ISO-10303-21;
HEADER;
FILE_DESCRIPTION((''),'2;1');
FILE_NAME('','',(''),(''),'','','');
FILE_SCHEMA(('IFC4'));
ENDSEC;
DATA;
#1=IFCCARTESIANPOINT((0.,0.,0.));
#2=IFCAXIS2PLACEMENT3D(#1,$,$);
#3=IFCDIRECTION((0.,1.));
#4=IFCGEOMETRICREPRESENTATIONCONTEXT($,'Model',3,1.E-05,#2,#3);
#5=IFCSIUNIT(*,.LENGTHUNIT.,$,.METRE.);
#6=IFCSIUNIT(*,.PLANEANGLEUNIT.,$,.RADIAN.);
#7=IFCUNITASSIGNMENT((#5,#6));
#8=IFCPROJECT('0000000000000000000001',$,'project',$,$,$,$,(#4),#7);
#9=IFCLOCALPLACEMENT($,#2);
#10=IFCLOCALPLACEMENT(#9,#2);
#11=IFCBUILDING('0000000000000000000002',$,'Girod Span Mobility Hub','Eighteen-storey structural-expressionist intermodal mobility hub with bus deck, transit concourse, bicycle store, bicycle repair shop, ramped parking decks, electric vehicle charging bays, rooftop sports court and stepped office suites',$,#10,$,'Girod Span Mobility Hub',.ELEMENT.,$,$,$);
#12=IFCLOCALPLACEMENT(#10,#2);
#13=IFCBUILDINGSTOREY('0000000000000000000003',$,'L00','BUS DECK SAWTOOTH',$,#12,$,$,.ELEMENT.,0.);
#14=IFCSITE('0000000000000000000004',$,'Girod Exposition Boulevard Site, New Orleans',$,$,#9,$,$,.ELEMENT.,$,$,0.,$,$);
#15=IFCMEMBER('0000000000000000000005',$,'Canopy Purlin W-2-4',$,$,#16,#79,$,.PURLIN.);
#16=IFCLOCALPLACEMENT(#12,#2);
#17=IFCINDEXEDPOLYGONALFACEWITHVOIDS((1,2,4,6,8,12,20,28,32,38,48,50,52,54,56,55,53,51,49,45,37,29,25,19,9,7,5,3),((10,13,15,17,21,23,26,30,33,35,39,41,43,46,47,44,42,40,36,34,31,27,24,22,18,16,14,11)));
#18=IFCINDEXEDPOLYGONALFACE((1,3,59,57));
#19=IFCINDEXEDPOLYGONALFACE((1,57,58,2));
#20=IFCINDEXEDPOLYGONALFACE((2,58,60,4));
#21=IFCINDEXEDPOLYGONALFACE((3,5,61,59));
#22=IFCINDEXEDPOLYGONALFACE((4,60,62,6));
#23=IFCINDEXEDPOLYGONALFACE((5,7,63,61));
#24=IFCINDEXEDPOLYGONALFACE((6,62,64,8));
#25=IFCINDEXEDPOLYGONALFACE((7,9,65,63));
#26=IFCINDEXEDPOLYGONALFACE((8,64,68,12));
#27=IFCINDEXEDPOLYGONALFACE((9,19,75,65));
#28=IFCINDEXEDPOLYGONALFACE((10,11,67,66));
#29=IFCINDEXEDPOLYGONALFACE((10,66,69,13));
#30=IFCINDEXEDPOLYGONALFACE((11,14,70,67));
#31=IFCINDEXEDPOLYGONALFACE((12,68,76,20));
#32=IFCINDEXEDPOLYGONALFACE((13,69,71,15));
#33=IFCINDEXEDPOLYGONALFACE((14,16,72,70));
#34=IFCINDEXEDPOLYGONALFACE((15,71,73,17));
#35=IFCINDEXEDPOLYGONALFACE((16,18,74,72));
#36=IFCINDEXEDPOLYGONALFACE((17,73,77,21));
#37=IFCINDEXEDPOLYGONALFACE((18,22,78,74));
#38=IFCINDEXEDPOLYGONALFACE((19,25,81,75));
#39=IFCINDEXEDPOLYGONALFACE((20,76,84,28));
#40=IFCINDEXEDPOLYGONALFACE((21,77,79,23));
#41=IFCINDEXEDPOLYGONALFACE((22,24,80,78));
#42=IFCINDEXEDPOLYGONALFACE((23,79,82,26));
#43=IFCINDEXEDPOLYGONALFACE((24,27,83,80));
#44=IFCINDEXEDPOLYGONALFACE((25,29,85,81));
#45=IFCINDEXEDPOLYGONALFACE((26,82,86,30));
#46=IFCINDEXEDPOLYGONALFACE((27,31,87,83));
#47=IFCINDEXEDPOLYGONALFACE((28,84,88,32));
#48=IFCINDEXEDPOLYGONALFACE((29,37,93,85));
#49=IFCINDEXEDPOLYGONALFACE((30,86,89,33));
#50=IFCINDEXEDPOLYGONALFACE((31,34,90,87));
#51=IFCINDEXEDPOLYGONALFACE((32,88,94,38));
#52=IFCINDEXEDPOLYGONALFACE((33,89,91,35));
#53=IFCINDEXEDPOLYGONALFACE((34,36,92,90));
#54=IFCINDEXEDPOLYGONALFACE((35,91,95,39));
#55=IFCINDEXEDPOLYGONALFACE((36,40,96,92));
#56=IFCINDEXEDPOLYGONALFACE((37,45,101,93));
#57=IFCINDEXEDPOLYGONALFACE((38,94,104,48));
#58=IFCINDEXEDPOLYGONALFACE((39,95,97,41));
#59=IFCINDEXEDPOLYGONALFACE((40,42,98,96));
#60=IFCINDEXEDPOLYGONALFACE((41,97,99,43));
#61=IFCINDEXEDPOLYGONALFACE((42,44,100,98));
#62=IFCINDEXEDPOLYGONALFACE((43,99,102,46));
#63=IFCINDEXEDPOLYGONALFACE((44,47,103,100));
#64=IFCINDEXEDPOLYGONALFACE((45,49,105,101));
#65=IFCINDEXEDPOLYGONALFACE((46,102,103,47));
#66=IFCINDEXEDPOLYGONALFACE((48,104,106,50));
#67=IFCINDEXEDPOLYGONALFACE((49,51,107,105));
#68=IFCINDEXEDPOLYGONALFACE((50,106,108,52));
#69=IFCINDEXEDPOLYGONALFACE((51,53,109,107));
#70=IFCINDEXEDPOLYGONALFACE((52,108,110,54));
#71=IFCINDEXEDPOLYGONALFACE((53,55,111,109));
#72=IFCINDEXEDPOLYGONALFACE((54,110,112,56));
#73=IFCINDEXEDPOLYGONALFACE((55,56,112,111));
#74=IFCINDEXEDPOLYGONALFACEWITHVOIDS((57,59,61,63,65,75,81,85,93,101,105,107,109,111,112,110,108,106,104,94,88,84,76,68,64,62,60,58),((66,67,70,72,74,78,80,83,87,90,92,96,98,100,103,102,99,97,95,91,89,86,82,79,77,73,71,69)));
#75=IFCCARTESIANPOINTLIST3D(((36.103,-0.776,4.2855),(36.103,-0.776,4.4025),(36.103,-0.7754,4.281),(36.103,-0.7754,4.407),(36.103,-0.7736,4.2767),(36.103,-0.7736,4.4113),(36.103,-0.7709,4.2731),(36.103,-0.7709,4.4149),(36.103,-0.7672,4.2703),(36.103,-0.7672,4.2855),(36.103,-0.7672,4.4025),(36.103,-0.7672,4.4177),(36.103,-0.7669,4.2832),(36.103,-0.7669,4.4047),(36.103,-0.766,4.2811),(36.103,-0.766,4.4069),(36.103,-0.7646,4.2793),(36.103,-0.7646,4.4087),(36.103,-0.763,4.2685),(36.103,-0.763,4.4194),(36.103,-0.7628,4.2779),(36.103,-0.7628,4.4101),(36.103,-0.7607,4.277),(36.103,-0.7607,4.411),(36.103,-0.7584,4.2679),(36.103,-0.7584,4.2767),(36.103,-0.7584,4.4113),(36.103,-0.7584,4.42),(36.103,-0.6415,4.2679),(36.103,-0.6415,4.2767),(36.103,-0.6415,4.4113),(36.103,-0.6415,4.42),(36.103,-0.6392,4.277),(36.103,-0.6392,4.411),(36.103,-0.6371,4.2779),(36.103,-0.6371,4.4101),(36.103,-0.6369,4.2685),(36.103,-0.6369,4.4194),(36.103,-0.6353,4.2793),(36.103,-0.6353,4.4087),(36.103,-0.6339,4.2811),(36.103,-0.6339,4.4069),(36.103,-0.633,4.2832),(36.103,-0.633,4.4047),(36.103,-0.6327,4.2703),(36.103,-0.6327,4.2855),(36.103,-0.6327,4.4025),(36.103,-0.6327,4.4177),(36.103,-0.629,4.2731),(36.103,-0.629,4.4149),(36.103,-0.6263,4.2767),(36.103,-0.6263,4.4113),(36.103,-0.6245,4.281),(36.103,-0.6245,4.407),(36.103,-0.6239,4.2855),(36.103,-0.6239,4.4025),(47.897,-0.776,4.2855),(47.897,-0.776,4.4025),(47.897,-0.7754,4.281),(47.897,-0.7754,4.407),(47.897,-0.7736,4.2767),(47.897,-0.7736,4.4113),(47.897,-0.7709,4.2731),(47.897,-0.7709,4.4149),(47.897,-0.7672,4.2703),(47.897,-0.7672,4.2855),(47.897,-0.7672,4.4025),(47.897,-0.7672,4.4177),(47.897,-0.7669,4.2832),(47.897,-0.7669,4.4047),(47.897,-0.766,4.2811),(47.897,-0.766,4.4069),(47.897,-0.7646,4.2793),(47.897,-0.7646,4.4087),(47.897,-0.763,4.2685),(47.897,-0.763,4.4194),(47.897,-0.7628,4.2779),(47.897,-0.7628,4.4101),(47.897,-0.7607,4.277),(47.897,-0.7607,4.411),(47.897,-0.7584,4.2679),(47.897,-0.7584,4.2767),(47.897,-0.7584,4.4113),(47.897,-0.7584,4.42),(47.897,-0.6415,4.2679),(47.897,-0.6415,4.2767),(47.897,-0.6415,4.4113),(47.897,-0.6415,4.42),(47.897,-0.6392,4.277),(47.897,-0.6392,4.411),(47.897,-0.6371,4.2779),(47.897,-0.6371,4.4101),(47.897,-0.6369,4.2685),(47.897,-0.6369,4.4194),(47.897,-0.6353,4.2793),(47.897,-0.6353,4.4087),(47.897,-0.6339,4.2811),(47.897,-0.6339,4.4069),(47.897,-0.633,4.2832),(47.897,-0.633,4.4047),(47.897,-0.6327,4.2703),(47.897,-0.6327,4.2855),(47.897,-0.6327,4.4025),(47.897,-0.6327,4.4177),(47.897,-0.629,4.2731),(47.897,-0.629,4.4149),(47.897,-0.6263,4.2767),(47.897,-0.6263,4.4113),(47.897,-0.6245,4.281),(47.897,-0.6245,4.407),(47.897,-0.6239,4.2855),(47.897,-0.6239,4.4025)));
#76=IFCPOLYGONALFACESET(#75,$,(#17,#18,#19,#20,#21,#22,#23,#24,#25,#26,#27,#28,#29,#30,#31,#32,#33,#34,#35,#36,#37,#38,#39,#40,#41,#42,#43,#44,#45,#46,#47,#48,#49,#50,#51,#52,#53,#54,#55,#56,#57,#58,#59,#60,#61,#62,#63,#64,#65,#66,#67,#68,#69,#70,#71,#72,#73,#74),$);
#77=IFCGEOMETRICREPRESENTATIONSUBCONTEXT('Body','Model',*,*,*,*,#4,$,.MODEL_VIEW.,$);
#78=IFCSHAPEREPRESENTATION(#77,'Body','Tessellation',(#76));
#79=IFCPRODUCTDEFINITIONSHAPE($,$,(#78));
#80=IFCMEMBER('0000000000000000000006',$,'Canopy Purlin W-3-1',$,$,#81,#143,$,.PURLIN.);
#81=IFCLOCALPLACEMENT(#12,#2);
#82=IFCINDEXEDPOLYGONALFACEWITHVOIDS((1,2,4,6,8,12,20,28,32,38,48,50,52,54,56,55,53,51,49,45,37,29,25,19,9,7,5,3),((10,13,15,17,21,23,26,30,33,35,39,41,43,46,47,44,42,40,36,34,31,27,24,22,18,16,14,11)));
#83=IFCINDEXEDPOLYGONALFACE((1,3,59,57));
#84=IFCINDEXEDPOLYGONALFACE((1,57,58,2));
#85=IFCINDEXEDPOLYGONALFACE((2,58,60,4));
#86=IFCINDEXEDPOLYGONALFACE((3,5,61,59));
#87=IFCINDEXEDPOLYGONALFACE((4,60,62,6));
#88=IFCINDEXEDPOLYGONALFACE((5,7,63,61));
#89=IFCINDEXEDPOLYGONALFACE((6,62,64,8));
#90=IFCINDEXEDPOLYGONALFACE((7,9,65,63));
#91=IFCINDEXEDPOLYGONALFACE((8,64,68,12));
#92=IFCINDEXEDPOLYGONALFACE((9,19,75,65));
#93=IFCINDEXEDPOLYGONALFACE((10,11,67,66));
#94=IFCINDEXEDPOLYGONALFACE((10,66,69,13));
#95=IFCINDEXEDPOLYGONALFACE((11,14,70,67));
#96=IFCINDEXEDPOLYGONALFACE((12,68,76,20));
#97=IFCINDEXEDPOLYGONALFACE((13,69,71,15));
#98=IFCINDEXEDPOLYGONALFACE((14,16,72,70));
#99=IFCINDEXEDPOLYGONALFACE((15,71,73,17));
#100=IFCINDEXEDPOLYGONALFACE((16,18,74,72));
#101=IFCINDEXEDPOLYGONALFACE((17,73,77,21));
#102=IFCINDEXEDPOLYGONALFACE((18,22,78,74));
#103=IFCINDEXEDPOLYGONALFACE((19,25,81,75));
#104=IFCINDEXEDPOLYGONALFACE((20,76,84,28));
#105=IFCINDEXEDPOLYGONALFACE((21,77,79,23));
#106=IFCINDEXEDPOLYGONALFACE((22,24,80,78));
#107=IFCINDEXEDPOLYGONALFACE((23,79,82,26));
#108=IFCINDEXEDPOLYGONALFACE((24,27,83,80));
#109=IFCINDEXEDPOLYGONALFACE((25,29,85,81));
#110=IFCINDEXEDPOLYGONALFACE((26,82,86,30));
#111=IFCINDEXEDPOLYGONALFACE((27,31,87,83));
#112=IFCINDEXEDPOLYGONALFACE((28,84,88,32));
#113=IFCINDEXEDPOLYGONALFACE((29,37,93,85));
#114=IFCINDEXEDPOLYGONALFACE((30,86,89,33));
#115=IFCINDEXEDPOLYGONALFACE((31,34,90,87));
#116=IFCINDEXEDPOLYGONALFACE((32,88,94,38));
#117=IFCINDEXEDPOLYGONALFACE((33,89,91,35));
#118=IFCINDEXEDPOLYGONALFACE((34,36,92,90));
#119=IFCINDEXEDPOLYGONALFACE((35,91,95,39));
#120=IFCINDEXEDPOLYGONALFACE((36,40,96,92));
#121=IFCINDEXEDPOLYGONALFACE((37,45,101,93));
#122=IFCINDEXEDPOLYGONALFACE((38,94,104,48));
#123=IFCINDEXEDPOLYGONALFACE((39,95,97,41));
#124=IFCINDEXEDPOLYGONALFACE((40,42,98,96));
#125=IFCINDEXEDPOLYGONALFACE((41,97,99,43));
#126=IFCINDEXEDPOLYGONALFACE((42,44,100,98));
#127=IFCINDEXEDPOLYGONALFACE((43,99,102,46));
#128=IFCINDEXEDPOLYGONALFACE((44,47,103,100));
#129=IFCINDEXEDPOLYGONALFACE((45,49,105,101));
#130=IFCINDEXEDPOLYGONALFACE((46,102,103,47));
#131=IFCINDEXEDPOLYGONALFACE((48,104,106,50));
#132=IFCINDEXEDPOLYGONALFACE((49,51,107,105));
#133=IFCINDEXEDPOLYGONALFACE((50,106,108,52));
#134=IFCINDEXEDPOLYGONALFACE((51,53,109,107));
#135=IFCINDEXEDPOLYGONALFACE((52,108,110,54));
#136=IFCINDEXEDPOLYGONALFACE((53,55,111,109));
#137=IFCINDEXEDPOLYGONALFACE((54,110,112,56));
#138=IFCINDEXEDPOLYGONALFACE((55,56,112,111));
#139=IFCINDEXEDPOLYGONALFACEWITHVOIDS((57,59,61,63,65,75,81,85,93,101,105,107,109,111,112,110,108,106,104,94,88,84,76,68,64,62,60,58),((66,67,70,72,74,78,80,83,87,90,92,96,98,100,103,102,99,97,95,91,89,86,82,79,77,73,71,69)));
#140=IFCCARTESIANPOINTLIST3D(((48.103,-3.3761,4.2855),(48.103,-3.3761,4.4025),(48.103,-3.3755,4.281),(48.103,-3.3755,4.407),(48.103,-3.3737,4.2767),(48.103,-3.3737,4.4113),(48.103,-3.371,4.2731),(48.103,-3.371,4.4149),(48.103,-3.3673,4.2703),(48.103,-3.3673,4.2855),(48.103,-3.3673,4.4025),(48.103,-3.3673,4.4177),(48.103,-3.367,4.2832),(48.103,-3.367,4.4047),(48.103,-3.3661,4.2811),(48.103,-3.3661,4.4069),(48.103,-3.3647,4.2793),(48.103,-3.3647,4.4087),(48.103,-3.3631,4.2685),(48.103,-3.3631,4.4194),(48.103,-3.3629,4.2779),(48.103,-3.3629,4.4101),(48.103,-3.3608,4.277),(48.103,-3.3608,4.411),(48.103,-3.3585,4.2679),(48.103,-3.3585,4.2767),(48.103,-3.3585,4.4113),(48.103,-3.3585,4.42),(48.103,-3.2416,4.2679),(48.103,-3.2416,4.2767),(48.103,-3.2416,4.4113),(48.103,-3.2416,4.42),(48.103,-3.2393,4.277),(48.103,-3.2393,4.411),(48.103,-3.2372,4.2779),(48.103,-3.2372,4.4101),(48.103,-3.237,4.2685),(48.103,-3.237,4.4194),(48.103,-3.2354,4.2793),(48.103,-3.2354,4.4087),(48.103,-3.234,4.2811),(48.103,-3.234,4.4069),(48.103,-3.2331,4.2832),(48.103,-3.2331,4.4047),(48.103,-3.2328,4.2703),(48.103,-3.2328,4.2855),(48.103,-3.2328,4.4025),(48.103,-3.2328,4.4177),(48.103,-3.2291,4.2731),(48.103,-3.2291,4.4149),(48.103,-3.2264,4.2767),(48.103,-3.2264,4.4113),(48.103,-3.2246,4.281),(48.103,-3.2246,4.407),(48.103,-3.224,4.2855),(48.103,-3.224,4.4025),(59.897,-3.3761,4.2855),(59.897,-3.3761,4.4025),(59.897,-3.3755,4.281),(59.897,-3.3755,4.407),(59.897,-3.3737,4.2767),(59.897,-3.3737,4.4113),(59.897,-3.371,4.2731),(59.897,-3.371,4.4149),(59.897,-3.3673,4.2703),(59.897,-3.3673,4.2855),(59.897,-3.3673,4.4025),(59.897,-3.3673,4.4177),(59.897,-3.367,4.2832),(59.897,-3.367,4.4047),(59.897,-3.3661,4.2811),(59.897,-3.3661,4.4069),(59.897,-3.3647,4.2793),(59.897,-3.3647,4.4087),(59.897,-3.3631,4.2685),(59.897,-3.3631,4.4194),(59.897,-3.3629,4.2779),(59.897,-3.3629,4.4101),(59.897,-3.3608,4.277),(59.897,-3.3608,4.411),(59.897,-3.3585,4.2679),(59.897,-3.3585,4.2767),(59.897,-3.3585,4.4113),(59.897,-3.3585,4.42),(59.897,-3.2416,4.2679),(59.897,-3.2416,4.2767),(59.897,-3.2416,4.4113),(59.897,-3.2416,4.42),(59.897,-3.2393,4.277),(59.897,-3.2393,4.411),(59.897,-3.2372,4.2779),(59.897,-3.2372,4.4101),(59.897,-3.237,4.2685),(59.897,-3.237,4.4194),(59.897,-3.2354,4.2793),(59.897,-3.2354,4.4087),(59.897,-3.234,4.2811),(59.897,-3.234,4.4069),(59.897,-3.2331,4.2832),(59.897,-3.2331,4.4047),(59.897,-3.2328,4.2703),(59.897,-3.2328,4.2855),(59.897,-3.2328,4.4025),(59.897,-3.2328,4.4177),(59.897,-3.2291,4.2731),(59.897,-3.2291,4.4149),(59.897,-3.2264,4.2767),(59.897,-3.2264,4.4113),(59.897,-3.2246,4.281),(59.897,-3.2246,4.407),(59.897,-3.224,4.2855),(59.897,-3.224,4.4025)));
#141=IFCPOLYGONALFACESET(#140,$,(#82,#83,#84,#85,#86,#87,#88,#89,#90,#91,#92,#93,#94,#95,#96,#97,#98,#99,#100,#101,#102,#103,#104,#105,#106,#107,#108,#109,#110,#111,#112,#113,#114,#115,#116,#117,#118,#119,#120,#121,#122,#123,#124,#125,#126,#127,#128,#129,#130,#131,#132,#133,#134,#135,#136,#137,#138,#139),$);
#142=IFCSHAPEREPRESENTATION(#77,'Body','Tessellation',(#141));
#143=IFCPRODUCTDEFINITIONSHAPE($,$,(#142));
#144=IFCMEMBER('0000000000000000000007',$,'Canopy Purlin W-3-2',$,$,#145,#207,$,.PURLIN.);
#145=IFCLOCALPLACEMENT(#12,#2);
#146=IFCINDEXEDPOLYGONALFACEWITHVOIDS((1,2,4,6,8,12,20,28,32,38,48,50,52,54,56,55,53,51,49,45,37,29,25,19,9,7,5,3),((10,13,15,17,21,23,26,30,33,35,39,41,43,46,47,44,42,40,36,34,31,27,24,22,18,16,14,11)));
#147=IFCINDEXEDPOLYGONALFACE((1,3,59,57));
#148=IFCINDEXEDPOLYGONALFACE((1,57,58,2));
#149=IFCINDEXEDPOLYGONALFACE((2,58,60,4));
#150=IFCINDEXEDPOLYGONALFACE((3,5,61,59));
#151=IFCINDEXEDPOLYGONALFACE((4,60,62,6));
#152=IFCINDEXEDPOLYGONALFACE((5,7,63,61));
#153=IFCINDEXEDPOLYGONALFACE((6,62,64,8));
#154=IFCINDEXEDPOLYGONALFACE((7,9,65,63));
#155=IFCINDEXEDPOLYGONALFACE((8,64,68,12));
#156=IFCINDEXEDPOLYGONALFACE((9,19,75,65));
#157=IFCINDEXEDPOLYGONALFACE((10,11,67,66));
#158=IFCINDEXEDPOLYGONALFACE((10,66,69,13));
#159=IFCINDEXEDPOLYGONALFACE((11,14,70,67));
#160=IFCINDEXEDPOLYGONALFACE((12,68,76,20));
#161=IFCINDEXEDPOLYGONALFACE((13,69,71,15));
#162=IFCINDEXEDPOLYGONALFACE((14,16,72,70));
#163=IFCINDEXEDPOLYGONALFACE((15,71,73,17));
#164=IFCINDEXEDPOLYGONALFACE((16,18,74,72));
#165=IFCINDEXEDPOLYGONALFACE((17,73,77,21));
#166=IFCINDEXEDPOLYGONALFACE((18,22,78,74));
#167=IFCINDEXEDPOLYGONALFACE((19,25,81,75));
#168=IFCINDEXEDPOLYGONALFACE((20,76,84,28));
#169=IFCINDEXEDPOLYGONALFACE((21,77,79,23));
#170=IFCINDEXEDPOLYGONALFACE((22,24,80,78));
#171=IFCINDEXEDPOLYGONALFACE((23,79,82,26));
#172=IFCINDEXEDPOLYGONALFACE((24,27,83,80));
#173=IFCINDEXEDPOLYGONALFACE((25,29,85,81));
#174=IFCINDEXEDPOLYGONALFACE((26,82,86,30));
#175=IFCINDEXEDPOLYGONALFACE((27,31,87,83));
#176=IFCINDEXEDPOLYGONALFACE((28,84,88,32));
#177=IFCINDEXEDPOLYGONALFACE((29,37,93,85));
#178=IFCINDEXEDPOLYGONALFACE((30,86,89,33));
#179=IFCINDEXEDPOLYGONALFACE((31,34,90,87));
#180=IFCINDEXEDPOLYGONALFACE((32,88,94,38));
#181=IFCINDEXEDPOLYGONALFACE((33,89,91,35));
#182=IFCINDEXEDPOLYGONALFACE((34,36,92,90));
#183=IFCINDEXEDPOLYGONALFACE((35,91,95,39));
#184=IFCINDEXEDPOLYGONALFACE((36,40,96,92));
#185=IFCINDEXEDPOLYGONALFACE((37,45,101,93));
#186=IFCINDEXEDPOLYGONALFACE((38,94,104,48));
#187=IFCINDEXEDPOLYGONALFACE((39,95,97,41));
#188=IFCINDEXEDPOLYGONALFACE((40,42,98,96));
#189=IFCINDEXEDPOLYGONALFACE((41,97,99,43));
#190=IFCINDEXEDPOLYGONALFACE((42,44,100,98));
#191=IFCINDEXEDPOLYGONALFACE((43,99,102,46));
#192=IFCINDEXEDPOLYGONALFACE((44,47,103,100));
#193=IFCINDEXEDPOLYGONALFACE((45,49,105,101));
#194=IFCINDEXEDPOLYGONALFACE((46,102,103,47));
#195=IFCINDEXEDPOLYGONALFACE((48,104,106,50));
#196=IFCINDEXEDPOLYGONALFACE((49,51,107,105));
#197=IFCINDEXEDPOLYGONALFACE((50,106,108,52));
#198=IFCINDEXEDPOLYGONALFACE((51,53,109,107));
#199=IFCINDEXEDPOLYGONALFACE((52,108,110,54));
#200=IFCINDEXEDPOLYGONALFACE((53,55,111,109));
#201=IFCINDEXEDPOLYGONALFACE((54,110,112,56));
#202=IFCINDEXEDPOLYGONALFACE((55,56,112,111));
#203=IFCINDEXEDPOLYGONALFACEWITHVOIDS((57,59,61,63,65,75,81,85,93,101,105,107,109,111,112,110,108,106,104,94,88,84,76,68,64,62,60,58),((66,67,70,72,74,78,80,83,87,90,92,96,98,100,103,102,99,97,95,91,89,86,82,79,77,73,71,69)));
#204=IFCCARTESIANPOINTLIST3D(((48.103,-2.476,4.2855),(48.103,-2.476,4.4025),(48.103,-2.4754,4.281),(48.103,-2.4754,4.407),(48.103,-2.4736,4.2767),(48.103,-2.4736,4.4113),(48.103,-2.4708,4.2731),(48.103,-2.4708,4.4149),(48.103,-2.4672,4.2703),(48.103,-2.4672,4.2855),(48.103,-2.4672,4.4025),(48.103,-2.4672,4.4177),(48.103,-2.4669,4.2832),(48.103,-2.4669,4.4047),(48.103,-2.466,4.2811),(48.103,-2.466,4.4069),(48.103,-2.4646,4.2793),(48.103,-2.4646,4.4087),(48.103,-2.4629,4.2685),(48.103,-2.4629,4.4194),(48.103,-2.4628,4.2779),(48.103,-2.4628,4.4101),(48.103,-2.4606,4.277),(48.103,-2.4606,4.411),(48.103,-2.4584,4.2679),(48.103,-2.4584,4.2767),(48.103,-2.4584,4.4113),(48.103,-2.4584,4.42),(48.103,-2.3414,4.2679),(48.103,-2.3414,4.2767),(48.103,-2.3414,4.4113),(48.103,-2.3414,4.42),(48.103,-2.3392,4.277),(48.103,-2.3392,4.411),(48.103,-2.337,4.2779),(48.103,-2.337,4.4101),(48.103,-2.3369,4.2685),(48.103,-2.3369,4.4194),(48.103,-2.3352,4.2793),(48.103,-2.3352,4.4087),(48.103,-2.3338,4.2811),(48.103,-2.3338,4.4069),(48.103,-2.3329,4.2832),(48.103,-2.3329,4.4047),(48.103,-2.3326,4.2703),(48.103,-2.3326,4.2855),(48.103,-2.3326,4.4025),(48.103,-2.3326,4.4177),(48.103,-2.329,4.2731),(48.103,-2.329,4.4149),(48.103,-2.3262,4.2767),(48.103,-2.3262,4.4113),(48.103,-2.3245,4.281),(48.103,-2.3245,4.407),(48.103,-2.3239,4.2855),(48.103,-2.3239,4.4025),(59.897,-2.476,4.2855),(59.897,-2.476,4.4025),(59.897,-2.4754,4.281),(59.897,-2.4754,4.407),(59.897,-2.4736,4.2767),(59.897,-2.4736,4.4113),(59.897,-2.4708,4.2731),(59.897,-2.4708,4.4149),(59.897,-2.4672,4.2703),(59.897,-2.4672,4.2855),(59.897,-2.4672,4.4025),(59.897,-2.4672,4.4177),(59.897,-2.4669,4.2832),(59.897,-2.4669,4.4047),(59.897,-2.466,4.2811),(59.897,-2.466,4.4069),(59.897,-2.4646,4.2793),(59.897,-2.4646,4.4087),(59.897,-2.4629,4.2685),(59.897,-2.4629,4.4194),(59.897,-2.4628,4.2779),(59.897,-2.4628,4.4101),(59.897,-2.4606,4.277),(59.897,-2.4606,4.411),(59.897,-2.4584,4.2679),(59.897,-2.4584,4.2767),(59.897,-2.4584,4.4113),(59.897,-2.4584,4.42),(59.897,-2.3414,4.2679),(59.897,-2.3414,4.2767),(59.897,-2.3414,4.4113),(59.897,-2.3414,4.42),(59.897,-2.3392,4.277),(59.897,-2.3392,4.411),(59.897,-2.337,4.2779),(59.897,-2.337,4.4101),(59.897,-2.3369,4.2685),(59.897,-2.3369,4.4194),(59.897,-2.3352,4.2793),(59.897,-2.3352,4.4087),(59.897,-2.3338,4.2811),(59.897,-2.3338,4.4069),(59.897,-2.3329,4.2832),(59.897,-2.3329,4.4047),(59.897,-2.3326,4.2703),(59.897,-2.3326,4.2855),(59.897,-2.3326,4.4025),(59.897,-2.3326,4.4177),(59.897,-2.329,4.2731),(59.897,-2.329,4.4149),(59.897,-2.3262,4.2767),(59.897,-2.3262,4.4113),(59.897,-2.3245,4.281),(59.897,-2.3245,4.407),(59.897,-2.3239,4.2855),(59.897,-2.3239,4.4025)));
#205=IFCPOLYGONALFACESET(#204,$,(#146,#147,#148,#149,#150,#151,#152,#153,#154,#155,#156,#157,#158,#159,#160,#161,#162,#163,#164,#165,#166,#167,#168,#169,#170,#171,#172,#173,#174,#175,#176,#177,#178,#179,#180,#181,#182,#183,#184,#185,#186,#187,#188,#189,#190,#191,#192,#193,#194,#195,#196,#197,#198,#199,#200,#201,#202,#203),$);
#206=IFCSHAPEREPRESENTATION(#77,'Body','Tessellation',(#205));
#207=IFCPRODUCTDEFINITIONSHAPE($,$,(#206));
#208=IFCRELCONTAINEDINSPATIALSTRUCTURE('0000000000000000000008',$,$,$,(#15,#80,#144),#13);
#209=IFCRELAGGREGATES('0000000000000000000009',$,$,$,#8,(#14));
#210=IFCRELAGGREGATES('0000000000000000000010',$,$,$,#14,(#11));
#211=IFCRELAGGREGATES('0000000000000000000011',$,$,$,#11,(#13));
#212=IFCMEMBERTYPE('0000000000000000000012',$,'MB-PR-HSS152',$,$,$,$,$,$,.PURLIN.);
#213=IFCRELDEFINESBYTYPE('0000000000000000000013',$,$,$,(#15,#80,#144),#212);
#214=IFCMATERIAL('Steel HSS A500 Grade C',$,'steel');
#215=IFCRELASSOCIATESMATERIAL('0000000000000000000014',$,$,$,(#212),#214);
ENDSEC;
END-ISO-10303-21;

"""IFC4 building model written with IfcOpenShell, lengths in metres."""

from ifc_helpers import new_model, si_unit, direction, frame, origin, origin_2d, place, context, subcontext, project, spatial, hollow_rectangle, extrude, material, material_profile, profile_set, type_object, element, save


model = new_model("IFC4")

# Units and contexts
model_context = context("Model", 3, precision=1e-05, world=origin(), true_north=direction((0.0, 1.0)))
body_context = subcontext(model_context, "Body", "Model", "MODEL_VIEW")
ifc_project = project(units=[si_unit("LENGTHUNIT", "METRE"), si_unit("PLANEANGLEUNIT", "RADIAN")], contexts=[model_context])

# Site, building, storey
site_placement = place(None, origin())
site = spatial("IfcSite", under=ifc_project, at=site_placement, Name="Girod Exposition Boulevard Site, New Orleans", CompositionType="ELEMENT", RefElevation=0.0)
building_placement = place(site_placement, origin())
building = spatial("IfcBuilding", under=site, at=building_placement, Name="Girod Span Mobility Hub", Description="Eighteen-storey structural-expressionist intermodal mobility hub with bus deck, transit concourse, bicycle store, bicycle repair shop, ramped parking decks, electric vehicle charging bays, rooftop sports court and stepped office suites", LongName="Girod Span Mobility Hub", CompositionType="ELEMENT")
storey_placement = place(building_placement, origin())
storey = spatial("IfcBuildingStorey", under=building, at=storey_placement, Name="L00", Description="BUS DECK SAWTOOTH", CompositionType="ELEMENT", Elevation=0.0)

# Members
ifc_material_1 = material(Name="Steel HSS A500 Grade C", Category="steel")
ifc_material_profile_1 = material_profile(ifc_material_1, hollow_rectangle(XDim=0.1521, YDim=0.1521, WallThickness=0.0088, InnerFilletRadius=0.0088, OuterFilletRadius=0.0176, at=origin_2d()), Name="HSS152X152X9.5")
ifc_profile_set_1 = profile_set([ifc_material_profile_1], Name="Steel HSS A500 Grade C")
member_type_1 = type_object("IfcMemberType", Name="MB-PR-HSS152", PredefinedType="PURLIN", material=ifc_profile_set_1)
for number, where, z_axis, x_axis, name in (
    (1, (36.103, -0.7, 4.344), (1.0, 0.0, 0.0), (0.0, 1.0, 0.0), "Canopy Purlin W-2-4"),
    (2, (48.103, -3.3, 4.344), (1.0, 0.0, 0.0), (0.0, 1.0, 0.0), "Canopy Purlin W-3-1"),
    (3, (48.103, -2.3999, 4.344), (1.0, 0.0, 0.0), (0.0, 1.0, 0.0), "Canopy Purlin W-3-2"),
):
    element("IfcMember", number, at=place(storey_placement, frame(where, z_axis=z_axis, x_axis=x_axis)), inside=storey, type_object=member_type_1, Name=name, PredefinedType="PURLIN", context=body_context, shape_type="SweptSolid", body=[
        extrude(hollow_rectangle(XDim=0.1521, YDim=0.1521, WallThickness=0.0088, InnerFilletRadius=0.0088, OuterFilletRadius=0.0176, at=origin_2d()), origin(), (0.0, 0.0, 1.0), 11.7939),
    ])

save(model, "model.ifc")
